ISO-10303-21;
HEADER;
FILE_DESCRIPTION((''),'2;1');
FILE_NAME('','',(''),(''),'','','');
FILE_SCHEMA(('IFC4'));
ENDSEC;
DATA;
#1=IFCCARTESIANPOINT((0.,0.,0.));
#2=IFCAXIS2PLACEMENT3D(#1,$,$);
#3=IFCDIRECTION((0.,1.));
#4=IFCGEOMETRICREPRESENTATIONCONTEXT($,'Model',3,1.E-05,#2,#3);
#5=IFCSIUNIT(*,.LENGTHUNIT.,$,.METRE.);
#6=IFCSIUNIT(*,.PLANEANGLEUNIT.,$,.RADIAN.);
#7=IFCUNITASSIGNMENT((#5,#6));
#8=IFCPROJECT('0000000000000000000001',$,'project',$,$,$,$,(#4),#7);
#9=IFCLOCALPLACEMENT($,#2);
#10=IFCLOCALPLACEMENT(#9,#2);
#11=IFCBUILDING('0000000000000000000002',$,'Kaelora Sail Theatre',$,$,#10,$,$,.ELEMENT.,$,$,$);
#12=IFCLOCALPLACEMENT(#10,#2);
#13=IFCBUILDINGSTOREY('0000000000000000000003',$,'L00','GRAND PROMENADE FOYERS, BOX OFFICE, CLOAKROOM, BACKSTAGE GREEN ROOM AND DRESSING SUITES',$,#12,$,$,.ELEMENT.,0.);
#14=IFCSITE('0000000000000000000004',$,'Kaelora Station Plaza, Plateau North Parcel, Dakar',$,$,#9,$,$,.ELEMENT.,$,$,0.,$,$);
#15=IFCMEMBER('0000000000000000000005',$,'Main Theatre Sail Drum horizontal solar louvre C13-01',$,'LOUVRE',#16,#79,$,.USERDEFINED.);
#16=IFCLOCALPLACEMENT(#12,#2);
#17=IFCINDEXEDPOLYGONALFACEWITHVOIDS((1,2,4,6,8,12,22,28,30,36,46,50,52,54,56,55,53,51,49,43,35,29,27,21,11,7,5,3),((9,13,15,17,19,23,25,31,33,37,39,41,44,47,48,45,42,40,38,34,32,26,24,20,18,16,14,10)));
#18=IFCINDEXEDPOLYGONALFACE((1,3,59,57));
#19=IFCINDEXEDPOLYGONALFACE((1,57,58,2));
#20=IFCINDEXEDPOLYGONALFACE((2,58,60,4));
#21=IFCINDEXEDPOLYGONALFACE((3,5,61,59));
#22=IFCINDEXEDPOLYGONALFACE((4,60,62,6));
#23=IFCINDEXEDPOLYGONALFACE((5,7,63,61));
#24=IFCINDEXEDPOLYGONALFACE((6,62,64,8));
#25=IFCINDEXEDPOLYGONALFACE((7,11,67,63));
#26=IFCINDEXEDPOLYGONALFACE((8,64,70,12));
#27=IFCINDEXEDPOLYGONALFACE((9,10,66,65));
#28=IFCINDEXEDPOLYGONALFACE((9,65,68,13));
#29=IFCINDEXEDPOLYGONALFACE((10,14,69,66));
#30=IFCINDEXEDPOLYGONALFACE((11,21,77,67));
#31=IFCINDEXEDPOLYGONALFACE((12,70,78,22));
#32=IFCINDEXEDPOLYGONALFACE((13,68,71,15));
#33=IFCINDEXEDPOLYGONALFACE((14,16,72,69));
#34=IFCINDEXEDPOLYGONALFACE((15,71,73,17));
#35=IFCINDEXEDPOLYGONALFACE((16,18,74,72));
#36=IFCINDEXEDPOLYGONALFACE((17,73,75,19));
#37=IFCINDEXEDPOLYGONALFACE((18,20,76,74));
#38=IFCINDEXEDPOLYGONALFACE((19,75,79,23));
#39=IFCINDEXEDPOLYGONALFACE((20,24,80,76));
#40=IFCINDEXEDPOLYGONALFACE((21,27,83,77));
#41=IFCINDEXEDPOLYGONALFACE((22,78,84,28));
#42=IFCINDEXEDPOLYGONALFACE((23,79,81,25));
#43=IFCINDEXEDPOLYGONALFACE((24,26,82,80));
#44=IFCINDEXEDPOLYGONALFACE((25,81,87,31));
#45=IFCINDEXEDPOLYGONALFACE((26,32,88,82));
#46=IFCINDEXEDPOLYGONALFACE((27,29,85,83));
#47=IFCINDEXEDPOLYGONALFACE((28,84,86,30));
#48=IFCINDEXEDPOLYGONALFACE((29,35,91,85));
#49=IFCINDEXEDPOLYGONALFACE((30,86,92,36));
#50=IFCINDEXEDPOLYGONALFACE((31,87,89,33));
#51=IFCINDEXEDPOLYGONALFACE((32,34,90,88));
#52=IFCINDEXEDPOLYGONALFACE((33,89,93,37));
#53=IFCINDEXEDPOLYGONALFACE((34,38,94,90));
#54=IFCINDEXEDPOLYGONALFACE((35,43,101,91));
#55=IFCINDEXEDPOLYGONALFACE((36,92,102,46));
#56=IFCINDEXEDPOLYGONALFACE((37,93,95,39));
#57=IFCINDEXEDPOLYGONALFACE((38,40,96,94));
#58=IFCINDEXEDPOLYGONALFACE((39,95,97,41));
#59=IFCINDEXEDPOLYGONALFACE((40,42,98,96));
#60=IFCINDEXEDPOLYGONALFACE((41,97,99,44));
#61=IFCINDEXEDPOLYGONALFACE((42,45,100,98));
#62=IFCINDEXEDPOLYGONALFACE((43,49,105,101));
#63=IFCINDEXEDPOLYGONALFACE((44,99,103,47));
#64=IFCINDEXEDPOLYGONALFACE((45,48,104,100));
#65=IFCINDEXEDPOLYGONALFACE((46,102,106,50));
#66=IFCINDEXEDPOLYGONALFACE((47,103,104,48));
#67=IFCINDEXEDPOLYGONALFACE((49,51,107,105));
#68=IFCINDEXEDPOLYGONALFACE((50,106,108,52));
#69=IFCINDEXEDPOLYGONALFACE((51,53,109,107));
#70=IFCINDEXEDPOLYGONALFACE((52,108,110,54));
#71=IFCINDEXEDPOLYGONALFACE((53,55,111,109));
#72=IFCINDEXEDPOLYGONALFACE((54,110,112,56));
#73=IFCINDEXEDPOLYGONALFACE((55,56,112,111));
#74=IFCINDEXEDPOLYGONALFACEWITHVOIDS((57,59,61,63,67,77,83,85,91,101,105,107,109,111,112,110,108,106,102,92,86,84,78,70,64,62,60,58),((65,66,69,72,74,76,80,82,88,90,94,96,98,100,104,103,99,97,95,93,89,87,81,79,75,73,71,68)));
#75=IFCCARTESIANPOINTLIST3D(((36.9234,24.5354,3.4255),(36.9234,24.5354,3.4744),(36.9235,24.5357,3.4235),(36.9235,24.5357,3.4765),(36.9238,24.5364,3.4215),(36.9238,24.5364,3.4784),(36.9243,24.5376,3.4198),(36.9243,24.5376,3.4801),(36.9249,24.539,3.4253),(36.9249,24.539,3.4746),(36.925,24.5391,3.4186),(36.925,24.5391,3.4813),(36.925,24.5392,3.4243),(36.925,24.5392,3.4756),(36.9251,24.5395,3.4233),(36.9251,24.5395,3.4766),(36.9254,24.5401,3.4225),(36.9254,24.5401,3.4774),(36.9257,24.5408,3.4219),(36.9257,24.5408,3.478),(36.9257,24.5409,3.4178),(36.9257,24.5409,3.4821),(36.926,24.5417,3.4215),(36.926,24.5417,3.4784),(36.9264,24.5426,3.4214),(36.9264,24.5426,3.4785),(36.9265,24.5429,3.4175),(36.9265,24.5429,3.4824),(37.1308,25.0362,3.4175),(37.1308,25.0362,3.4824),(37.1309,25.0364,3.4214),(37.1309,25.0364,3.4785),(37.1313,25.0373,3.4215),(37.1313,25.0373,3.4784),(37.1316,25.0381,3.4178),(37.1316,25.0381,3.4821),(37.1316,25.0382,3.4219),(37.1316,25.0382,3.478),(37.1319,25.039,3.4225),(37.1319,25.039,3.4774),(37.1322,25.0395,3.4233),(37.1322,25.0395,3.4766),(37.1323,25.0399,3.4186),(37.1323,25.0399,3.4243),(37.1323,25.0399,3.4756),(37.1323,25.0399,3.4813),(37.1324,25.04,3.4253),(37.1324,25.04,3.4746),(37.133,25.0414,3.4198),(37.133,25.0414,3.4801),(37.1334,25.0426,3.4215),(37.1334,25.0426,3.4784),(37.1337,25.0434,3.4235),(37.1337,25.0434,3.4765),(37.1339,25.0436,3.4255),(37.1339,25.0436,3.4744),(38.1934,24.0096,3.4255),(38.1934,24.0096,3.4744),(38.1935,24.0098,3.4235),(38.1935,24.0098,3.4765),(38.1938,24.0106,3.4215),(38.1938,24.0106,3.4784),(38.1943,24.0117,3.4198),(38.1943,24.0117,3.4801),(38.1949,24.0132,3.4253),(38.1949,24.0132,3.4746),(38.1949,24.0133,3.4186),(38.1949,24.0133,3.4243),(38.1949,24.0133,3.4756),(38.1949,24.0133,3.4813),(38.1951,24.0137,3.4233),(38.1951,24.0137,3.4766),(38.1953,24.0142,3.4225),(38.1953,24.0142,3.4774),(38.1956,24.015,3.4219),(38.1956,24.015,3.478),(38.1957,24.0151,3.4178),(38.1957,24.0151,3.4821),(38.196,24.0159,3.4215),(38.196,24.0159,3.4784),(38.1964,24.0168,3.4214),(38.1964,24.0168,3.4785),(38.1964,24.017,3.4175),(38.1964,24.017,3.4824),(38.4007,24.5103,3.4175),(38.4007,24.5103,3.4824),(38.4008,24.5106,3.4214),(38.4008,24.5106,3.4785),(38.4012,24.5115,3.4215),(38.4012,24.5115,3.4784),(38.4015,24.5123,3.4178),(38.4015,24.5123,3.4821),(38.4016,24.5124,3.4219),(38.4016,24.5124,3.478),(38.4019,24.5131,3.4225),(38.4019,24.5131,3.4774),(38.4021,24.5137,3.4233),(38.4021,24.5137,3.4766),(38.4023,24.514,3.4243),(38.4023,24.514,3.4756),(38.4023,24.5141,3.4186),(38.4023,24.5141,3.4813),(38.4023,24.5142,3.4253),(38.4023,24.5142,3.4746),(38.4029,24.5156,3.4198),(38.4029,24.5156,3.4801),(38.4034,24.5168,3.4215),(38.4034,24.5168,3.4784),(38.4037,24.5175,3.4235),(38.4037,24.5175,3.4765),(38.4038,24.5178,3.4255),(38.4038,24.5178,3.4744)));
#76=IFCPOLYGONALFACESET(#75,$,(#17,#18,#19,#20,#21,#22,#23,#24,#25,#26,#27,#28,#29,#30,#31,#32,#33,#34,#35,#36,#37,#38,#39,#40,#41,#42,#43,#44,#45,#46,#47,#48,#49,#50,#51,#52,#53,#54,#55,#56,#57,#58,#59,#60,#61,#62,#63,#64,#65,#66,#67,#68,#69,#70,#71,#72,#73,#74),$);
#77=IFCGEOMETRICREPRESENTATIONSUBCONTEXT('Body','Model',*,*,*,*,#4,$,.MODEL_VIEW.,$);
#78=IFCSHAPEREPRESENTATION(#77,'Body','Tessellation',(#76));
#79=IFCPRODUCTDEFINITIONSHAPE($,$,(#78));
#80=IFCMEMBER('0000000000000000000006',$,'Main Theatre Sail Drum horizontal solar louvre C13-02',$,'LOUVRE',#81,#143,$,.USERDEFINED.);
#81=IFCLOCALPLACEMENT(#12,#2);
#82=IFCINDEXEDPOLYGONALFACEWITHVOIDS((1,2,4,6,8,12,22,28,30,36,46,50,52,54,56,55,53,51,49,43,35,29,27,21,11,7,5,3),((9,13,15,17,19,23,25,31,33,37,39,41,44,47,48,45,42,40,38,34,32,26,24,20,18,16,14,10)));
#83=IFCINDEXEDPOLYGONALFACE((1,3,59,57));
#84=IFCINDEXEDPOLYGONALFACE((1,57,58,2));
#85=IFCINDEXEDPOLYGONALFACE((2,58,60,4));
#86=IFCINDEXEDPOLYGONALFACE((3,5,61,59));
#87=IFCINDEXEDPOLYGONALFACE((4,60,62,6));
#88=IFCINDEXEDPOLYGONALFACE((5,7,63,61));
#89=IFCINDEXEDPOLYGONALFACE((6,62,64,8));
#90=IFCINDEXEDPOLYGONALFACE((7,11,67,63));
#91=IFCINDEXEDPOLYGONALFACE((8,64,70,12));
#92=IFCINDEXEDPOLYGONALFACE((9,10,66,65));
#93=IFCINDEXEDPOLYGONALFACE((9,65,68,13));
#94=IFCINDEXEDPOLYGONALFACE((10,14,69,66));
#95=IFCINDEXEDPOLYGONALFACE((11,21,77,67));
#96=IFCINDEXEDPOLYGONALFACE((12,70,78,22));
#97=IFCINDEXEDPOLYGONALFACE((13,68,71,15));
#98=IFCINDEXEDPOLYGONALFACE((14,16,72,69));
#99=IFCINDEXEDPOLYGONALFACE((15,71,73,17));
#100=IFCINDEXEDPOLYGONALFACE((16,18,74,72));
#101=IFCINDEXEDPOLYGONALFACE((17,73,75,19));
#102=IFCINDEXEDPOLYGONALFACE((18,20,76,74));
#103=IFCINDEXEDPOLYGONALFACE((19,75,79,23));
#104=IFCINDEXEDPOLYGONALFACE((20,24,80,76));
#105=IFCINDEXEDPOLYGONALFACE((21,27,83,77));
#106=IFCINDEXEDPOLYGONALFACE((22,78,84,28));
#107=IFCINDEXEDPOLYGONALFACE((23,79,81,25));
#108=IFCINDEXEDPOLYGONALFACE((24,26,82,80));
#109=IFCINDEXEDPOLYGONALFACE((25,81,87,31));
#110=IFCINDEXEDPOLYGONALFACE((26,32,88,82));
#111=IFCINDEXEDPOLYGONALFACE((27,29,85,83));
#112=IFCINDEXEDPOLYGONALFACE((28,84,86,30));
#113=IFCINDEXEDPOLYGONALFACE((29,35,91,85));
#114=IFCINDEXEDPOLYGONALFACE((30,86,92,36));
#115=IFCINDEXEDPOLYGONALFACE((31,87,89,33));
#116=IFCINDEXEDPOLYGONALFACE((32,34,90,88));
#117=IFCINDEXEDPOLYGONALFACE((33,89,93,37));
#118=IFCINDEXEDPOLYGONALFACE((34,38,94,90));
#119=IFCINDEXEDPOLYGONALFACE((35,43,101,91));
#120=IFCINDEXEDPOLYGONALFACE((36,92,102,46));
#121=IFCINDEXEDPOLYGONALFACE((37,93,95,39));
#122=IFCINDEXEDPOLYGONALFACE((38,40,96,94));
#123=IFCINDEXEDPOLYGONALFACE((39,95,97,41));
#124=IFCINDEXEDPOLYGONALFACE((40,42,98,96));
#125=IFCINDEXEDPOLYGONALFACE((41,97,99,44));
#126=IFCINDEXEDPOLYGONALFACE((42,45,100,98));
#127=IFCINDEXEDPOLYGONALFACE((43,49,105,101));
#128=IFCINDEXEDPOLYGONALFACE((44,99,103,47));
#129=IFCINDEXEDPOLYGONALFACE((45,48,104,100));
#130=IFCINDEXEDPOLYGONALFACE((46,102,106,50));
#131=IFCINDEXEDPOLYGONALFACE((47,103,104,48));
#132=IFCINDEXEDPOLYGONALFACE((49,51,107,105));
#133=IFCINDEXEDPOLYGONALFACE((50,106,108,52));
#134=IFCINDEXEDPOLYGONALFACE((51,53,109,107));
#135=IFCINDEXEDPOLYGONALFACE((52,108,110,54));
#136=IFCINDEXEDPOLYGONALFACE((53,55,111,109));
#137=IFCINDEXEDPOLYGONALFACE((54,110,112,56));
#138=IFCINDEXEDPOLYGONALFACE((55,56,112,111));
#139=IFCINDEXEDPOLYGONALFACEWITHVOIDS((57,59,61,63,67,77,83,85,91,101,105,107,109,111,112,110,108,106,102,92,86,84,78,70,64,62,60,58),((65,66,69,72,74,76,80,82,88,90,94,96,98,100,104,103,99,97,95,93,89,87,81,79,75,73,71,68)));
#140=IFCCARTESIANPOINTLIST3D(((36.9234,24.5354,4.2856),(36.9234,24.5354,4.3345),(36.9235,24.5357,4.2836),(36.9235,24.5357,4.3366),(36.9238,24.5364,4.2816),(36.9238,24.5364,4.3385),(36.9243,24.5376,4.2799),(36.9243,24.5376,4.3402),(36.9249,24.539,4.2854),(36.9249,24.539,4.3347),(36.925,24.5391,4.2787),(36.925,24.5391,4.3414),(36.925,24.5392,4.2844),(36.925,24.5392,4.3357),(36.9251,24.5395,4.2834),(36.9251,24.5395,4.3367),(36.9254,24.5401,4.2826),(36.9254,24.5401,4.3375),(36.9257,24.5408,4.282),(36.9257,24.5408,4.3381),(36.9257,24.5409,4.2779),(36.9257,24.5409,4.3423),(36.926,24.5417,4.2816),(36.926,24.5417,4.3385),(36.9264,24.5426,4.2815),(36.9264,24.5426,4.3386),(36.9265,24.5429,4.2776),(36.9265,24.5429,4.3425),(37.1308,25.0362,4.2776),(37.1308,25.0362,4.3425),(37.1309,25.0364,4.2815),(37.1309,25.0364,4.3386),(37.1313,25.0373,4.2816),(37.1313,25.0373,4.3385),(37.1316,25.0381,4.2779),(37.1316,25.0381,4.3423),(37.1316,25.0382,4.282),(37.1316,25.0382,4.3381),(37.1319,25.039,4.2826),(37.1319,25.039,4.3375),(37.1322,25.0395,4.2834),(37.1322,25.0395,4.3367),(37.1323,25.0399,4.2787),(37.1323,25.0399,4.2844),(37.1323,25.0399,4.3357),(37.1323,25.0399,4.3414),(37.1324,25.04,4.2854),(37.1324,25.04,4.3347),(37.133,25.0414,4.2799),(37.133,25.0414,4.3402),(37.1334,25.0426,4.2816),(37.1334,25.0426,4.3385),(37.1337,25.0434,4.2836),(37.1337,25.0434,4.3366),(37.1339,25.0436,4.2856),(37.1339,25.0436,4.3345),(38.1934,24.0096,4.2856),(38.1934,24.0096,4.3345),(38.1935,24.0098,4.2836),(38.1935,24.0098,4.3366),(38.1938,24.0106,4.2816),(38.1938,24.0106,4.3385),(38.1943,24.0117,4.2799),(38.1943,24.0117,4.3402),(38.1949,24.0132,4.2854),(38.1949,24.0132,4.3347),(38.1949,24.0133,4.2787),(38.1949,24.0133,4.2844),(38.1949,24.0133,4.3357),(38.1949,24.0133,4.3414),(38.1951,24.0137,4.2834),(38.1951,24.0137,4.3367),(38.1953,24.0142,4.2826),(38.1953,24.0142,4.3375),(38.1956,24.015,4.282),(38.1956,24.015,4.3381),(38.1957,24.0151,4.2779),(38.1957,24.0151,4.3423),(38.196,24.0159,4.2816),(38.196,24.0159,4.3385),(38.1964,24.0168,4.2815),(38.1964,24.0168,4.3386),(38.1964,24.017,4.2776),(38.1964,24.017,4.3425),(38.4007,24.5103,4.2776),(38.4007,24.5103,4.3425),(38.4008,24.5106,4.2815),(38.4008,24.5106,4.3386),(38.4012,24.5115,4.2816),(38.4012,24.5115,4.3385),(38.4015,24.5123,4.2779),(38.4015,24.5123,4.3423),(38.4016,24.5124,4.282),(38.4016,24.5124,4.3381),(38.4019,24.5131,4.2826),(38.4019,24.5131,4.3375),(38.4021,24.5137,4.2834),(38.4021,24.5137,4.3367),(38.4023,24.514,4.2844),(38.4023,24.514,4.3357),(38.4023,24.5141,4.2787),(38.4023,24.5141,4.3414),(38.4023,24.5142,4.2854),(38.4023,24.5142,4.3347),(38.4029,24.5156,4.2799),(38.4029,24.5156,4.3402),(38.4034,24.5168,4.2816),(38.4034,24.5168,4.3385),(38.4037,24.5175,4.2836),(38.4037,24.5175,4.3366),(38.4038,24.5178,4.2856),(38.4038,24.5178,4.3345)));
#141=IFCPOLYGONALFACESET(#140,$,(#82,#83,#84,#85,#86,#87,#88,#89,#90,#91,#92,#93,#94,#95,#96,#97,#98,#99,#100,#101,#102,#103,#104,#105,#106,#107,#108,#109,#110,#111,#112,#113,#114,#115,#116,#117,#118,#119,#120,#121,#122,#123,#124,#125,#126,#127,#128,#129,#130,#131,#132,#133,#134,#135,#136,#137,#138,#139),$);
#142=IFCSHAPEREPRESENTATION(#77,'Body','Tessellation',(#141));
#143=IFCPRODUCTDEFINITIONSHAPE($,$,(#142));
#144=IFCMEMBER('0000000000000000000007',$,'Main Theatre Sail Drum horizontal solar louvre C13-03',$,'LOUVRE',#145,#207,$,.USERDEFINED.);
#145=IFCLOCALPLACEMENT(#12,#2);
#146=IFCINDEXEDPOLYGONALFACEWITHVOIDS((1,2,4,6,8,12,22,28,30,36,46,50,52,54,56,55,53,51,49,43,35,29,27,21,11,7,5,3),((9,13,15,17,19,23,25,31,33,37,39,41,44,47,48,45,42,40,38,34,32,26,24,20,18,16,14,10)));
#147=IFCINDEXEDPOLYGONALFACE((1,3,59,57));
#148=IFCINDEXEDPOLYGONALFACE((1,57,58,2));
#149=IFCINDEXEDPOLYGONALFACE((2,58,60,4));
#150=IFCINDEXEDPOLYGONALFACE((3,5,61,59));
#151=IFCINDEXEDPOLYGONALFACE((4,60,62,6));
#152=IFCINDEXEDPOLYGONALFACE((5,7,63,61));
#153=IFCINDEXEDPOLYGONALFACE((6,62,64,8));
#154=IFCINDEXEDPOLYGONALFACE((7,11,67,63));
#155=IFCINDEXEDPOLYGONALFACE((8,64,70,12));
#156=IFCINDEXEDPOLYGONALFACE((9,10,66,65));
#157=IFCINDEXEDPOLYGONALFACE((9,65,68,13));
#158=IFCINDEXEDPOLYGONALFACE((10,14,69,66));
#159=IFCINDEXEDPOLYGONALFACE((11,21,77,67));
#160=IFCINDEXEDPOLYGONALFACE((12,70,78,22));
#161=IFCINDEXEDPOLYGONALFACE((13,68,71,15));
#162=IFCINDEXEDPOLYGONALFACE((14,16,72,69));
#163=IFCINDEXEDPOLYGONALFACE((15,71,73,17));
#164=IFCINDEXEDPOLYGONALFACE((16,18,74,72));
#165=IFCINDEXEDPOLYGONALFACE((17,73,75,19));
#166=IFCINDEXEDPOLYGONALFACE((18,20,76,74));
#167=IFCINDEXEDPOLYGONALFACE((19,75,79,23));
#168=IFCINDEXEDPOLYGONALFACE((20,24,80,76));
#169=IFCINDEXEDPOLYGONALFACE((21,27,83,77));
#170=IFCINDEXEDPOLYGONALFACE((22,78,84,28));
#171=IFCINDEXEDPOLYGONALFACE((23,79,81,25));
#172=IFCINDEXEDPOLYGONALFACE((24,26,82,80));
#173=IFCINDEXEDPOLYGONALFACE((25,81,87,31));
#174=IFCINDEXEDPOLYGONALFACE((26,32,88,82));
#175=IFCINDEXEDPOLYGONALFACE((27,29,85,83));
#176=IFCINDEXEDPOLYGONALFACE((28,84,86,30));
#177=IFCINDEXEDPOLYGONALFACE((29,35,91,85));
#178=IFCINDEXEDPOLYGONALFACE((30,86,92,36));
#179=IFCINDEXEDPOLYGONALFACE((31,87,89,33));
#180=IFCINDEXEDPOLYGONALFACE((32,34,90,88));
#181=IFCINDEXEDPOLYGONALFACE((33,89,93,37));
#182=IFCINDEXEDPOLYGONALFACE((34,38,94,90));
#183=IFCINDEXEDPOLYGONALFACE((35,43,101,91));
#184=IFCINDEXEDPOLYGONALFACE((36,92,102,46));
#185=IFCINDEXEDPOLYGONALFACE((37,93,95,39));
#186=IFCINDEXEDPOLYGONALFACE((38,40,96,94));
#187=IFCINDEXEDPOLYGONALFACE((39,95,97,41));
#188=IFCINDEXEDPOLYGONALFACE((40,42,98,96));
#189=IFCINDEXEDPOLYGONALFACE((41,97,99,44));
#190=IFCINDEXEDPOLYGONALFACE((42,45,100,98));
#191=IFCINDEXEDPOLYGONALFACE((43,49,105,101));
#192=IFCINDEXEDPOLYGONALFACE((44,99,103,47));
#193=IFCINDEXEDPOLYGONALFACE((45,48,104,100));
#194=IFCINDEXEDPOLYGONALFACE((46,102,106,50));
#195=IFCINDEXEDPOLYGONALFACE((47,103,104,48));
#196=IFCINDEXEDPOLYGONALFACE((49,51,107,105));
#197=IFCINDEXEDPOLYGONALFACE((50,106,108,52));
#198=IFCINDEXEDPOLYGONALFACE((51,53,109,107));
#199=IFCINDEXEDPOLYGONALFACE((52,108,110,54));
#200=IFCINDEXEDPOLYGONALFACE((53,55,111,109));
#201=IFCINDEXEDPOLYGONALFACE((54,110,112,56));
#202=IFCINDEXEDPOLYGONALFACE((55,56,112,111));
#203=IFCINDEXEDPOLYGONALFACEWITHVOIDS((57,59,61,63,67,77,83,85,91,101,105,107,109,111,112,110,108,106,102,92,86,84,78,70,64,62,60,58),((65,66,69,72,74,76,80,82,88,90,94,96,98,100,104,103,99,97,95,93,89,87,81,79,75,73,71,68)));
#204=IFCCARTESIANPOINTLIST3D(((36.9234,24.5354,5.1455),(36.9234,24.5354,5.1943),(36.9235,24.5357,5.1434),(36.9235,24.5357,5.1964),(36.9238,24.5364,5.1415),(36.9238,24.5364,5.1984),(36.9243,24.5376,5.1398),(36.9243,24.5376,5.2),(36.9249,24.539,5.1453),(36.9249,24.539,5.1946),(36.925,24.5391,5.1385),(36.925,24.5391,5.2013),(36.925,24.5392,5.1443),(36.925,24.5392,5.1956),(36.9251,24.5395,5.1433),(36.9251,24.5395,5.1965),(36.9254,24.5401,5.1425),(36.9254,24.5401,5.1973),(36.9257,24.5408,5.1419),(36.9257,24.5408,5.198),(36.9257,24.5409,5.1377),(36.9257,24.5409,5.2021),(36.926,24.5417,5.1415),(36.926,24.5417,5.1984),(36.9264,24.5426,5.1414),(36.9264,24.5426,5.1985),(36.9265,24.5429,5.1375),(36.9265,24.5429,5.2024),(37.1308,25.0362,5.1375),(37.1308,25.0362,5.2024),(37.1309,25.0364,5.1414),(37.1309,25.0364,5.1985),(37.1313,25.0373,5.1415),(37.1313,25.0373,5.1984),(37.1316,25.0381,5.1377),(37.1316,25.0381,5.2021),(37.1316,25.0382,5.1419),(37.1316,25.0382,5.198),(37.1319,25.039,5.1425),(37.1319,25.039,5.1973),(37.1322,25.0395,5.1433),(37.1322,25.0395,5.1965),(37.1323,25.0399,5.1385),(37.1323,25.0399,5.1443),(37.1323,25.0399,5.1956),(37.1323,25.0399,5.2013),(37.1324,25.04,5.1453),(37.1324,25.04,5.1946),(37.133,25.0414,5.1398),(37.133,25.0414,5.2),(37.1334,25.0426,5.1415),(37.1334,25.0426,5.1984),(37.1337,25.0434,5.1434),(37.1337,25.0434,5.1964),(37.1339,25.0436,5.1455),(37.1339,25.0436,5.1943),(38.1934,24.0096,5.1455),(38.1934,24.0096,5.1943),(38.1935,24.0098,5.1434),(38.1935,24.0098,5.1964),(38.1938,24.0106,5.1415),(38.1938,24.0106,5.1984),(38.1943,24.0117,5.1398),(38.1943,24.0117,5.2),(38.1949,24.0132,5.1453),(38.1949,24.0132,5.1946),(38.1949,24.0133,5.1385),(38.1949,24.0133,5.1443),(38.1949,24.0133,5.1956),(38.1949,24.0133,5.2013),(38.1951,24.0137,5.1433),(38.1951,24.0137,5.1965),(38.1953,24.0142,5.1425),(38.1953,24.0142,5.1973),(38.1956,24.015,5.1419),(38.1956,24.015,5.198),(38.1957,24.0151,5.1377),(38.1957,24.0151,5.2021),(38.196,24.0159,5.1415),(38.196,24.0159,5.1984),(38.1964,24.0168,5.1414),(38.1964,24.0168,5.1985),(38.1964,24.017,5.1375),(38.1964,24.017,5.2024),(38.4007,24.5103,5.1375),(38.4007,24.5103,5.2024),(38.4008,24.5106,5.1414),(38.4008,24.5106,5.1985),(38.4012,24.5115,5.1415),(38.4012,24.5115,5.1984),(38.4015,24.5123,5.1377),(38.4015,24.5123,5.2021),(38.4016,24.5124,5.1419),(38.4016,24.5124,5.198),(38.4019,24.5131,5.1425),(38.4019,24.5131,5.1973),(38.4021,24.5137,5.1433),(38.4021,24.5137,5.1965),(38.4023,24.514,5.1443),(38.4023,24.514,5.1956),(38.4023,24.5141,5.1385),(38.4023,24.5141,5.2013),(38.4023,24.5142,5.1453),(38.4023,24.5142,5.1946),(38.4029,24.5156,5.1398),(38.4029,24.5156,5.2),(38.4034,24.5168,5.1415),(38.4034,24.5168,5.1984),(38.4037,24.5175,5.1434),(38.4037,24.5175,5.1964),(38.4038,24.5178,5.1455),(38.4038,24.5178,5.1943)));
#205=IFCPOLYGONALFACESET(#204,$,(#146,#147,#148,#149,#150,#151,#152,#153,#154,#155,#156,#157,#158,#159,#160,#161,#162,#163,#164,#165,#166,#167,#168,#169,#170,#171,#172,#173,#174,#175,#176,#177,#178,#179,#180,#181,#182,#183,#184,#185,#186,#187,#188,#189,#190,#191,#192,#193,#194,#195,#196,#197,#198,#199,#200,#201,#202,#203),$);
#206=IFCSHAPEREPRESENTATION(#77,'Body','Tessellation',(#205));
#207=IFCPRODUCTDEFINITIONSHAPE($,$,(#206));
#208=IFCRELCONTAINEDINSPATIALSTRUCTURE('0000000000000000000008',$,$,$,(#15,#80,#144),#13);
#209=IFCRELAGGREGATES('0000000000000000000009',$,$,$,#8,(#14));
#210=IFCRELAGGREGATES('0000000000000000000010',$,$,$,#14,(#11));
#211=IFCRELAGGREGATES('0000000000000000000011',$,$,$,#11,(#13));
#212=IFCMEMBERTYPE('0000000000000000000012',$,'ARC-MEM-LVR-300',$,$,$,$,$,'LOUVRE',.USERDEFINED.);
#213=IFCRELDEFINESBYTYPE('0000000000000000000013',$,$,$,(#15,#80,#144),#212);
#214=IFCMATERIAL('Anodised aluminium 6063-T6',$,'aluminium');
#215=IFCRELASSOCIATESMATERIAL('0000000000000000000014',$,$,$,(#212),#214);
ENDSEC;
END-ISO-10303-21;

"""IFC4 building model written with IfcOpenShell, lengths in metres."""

from ifc_helpers import new_model, si_unit, direction, frame, origin, origin_2d, place, context, subcontext, project, spatial, hollow_rectangle, extrude, material, material_profile, profile_set, type_object, element, save


model = new_model("IFC4")

# Units and contexts
model_context = context("Model", 3, precision=1e-05, world=origin(), true_north=direction((0.0, 1.0)))
body_context = subcontext(model_context, "Body", "Model", "MODEL_VIEW")
ifc_project = project(units=[si_unit("LENGTHUNIT", "METRE"), si_unit("PLANEANGLEUNIT", "RADIAN")], contexts=[model_context])

# Site, building, storey
site_placement = place(None, origin())
site = spatial("IfcSite", under=ifc_project, at=site_placement, Name="Kaelora Station Plaza, Plateau North Parcel, Dakar", CompositionType="ELEMENT", RefElevation=0.0)
building_placement = place(site_placement, origin())
building = spatial("IfcBuilding", under=site, at=building_placement, Name="Kaelora Sail Theatre", CompositionType="ELEMENT")
storey_placement = place(building_placement, origin())
storey = spatial("IfcBuildingStorey", under=building, at=storey_placement, Name="L00", Description="GRAND PROMENADE FOYERS, BOX OFFICE, CLOAKROOM, BACKSTAGE GREEN ROOM AND DRESSING SUITES", CompositionType="ELEMENT", Elevation=0.0)

# Members
ifc_material_1 = material(Name="Anodised aluminium 6063-T6", Category="aluminium")
ifc_material_profile_1 = material_profile(ifc_material_1, hollow_rectangle(XDim=0.55, YDim=0.0649, WallThickness=0.0039, InnerFilletRadius=0.0039, OuterFilletRadius=0.0081, at=origin_2d()), Name="LOUVRE 550x65x4")
ifc_profile_set_1 = profile_set([ifc_material_profile_1], Name="Anodised aluminium 6063-T6")
member_type_1 = type_object("IfcMemberType", Name="ARC-MEM-LVR-300", ElementType="LOUVRE", PredefinedType="USERDEFINED", material=ifc_profile_set_1)
for number, where, z_axis, x_axis, name in (
    (1, (38.2986, 24.2637, 3.45), (-0.923926, 0.382571, 0.0), (-0.382571, -0.923926, 0.0), "Main Theatre Sail Drum horizontal solar louvre C13-01"),
    (2, (38.2986, 24.2637, 4.3101), (-0.923926, 0.382571, 0.0), (-0.382571, -0.923926, 0.0), "Main Theatre Sail Drum horizontal solar louvre C13-02"),
    (3, (38.2986, 24.2637, 5.1699), (-0.923926, 0.382571, 0.0), (-0.382571, -0.923926, 0.0), "Main Theatre Sail Drum horizontal solar louvre C13-03"),
):
    element("IfcMember", number, at=place(storey_placement, frame(where, z_axis=z_axis, x_axis=x_axis)), inside=storey, type_object=member_type_1, Name=name, ObjectType="LOUVRE", PredefinedType="USERDEFINED", context=body_context, shape_type="SweptSolid", body=[
        extrude(hollow_rectangle(XDim=0.55, YDim=0.0649, WallThickness=0.0039, InnerFilletRadius=0.0039, OuterFilletRadius=0.0081, at=origin_2d()), origin(), (0.0, 0.0, 1.0), 1.3745),
    ])

save(model, "model.ifc")
